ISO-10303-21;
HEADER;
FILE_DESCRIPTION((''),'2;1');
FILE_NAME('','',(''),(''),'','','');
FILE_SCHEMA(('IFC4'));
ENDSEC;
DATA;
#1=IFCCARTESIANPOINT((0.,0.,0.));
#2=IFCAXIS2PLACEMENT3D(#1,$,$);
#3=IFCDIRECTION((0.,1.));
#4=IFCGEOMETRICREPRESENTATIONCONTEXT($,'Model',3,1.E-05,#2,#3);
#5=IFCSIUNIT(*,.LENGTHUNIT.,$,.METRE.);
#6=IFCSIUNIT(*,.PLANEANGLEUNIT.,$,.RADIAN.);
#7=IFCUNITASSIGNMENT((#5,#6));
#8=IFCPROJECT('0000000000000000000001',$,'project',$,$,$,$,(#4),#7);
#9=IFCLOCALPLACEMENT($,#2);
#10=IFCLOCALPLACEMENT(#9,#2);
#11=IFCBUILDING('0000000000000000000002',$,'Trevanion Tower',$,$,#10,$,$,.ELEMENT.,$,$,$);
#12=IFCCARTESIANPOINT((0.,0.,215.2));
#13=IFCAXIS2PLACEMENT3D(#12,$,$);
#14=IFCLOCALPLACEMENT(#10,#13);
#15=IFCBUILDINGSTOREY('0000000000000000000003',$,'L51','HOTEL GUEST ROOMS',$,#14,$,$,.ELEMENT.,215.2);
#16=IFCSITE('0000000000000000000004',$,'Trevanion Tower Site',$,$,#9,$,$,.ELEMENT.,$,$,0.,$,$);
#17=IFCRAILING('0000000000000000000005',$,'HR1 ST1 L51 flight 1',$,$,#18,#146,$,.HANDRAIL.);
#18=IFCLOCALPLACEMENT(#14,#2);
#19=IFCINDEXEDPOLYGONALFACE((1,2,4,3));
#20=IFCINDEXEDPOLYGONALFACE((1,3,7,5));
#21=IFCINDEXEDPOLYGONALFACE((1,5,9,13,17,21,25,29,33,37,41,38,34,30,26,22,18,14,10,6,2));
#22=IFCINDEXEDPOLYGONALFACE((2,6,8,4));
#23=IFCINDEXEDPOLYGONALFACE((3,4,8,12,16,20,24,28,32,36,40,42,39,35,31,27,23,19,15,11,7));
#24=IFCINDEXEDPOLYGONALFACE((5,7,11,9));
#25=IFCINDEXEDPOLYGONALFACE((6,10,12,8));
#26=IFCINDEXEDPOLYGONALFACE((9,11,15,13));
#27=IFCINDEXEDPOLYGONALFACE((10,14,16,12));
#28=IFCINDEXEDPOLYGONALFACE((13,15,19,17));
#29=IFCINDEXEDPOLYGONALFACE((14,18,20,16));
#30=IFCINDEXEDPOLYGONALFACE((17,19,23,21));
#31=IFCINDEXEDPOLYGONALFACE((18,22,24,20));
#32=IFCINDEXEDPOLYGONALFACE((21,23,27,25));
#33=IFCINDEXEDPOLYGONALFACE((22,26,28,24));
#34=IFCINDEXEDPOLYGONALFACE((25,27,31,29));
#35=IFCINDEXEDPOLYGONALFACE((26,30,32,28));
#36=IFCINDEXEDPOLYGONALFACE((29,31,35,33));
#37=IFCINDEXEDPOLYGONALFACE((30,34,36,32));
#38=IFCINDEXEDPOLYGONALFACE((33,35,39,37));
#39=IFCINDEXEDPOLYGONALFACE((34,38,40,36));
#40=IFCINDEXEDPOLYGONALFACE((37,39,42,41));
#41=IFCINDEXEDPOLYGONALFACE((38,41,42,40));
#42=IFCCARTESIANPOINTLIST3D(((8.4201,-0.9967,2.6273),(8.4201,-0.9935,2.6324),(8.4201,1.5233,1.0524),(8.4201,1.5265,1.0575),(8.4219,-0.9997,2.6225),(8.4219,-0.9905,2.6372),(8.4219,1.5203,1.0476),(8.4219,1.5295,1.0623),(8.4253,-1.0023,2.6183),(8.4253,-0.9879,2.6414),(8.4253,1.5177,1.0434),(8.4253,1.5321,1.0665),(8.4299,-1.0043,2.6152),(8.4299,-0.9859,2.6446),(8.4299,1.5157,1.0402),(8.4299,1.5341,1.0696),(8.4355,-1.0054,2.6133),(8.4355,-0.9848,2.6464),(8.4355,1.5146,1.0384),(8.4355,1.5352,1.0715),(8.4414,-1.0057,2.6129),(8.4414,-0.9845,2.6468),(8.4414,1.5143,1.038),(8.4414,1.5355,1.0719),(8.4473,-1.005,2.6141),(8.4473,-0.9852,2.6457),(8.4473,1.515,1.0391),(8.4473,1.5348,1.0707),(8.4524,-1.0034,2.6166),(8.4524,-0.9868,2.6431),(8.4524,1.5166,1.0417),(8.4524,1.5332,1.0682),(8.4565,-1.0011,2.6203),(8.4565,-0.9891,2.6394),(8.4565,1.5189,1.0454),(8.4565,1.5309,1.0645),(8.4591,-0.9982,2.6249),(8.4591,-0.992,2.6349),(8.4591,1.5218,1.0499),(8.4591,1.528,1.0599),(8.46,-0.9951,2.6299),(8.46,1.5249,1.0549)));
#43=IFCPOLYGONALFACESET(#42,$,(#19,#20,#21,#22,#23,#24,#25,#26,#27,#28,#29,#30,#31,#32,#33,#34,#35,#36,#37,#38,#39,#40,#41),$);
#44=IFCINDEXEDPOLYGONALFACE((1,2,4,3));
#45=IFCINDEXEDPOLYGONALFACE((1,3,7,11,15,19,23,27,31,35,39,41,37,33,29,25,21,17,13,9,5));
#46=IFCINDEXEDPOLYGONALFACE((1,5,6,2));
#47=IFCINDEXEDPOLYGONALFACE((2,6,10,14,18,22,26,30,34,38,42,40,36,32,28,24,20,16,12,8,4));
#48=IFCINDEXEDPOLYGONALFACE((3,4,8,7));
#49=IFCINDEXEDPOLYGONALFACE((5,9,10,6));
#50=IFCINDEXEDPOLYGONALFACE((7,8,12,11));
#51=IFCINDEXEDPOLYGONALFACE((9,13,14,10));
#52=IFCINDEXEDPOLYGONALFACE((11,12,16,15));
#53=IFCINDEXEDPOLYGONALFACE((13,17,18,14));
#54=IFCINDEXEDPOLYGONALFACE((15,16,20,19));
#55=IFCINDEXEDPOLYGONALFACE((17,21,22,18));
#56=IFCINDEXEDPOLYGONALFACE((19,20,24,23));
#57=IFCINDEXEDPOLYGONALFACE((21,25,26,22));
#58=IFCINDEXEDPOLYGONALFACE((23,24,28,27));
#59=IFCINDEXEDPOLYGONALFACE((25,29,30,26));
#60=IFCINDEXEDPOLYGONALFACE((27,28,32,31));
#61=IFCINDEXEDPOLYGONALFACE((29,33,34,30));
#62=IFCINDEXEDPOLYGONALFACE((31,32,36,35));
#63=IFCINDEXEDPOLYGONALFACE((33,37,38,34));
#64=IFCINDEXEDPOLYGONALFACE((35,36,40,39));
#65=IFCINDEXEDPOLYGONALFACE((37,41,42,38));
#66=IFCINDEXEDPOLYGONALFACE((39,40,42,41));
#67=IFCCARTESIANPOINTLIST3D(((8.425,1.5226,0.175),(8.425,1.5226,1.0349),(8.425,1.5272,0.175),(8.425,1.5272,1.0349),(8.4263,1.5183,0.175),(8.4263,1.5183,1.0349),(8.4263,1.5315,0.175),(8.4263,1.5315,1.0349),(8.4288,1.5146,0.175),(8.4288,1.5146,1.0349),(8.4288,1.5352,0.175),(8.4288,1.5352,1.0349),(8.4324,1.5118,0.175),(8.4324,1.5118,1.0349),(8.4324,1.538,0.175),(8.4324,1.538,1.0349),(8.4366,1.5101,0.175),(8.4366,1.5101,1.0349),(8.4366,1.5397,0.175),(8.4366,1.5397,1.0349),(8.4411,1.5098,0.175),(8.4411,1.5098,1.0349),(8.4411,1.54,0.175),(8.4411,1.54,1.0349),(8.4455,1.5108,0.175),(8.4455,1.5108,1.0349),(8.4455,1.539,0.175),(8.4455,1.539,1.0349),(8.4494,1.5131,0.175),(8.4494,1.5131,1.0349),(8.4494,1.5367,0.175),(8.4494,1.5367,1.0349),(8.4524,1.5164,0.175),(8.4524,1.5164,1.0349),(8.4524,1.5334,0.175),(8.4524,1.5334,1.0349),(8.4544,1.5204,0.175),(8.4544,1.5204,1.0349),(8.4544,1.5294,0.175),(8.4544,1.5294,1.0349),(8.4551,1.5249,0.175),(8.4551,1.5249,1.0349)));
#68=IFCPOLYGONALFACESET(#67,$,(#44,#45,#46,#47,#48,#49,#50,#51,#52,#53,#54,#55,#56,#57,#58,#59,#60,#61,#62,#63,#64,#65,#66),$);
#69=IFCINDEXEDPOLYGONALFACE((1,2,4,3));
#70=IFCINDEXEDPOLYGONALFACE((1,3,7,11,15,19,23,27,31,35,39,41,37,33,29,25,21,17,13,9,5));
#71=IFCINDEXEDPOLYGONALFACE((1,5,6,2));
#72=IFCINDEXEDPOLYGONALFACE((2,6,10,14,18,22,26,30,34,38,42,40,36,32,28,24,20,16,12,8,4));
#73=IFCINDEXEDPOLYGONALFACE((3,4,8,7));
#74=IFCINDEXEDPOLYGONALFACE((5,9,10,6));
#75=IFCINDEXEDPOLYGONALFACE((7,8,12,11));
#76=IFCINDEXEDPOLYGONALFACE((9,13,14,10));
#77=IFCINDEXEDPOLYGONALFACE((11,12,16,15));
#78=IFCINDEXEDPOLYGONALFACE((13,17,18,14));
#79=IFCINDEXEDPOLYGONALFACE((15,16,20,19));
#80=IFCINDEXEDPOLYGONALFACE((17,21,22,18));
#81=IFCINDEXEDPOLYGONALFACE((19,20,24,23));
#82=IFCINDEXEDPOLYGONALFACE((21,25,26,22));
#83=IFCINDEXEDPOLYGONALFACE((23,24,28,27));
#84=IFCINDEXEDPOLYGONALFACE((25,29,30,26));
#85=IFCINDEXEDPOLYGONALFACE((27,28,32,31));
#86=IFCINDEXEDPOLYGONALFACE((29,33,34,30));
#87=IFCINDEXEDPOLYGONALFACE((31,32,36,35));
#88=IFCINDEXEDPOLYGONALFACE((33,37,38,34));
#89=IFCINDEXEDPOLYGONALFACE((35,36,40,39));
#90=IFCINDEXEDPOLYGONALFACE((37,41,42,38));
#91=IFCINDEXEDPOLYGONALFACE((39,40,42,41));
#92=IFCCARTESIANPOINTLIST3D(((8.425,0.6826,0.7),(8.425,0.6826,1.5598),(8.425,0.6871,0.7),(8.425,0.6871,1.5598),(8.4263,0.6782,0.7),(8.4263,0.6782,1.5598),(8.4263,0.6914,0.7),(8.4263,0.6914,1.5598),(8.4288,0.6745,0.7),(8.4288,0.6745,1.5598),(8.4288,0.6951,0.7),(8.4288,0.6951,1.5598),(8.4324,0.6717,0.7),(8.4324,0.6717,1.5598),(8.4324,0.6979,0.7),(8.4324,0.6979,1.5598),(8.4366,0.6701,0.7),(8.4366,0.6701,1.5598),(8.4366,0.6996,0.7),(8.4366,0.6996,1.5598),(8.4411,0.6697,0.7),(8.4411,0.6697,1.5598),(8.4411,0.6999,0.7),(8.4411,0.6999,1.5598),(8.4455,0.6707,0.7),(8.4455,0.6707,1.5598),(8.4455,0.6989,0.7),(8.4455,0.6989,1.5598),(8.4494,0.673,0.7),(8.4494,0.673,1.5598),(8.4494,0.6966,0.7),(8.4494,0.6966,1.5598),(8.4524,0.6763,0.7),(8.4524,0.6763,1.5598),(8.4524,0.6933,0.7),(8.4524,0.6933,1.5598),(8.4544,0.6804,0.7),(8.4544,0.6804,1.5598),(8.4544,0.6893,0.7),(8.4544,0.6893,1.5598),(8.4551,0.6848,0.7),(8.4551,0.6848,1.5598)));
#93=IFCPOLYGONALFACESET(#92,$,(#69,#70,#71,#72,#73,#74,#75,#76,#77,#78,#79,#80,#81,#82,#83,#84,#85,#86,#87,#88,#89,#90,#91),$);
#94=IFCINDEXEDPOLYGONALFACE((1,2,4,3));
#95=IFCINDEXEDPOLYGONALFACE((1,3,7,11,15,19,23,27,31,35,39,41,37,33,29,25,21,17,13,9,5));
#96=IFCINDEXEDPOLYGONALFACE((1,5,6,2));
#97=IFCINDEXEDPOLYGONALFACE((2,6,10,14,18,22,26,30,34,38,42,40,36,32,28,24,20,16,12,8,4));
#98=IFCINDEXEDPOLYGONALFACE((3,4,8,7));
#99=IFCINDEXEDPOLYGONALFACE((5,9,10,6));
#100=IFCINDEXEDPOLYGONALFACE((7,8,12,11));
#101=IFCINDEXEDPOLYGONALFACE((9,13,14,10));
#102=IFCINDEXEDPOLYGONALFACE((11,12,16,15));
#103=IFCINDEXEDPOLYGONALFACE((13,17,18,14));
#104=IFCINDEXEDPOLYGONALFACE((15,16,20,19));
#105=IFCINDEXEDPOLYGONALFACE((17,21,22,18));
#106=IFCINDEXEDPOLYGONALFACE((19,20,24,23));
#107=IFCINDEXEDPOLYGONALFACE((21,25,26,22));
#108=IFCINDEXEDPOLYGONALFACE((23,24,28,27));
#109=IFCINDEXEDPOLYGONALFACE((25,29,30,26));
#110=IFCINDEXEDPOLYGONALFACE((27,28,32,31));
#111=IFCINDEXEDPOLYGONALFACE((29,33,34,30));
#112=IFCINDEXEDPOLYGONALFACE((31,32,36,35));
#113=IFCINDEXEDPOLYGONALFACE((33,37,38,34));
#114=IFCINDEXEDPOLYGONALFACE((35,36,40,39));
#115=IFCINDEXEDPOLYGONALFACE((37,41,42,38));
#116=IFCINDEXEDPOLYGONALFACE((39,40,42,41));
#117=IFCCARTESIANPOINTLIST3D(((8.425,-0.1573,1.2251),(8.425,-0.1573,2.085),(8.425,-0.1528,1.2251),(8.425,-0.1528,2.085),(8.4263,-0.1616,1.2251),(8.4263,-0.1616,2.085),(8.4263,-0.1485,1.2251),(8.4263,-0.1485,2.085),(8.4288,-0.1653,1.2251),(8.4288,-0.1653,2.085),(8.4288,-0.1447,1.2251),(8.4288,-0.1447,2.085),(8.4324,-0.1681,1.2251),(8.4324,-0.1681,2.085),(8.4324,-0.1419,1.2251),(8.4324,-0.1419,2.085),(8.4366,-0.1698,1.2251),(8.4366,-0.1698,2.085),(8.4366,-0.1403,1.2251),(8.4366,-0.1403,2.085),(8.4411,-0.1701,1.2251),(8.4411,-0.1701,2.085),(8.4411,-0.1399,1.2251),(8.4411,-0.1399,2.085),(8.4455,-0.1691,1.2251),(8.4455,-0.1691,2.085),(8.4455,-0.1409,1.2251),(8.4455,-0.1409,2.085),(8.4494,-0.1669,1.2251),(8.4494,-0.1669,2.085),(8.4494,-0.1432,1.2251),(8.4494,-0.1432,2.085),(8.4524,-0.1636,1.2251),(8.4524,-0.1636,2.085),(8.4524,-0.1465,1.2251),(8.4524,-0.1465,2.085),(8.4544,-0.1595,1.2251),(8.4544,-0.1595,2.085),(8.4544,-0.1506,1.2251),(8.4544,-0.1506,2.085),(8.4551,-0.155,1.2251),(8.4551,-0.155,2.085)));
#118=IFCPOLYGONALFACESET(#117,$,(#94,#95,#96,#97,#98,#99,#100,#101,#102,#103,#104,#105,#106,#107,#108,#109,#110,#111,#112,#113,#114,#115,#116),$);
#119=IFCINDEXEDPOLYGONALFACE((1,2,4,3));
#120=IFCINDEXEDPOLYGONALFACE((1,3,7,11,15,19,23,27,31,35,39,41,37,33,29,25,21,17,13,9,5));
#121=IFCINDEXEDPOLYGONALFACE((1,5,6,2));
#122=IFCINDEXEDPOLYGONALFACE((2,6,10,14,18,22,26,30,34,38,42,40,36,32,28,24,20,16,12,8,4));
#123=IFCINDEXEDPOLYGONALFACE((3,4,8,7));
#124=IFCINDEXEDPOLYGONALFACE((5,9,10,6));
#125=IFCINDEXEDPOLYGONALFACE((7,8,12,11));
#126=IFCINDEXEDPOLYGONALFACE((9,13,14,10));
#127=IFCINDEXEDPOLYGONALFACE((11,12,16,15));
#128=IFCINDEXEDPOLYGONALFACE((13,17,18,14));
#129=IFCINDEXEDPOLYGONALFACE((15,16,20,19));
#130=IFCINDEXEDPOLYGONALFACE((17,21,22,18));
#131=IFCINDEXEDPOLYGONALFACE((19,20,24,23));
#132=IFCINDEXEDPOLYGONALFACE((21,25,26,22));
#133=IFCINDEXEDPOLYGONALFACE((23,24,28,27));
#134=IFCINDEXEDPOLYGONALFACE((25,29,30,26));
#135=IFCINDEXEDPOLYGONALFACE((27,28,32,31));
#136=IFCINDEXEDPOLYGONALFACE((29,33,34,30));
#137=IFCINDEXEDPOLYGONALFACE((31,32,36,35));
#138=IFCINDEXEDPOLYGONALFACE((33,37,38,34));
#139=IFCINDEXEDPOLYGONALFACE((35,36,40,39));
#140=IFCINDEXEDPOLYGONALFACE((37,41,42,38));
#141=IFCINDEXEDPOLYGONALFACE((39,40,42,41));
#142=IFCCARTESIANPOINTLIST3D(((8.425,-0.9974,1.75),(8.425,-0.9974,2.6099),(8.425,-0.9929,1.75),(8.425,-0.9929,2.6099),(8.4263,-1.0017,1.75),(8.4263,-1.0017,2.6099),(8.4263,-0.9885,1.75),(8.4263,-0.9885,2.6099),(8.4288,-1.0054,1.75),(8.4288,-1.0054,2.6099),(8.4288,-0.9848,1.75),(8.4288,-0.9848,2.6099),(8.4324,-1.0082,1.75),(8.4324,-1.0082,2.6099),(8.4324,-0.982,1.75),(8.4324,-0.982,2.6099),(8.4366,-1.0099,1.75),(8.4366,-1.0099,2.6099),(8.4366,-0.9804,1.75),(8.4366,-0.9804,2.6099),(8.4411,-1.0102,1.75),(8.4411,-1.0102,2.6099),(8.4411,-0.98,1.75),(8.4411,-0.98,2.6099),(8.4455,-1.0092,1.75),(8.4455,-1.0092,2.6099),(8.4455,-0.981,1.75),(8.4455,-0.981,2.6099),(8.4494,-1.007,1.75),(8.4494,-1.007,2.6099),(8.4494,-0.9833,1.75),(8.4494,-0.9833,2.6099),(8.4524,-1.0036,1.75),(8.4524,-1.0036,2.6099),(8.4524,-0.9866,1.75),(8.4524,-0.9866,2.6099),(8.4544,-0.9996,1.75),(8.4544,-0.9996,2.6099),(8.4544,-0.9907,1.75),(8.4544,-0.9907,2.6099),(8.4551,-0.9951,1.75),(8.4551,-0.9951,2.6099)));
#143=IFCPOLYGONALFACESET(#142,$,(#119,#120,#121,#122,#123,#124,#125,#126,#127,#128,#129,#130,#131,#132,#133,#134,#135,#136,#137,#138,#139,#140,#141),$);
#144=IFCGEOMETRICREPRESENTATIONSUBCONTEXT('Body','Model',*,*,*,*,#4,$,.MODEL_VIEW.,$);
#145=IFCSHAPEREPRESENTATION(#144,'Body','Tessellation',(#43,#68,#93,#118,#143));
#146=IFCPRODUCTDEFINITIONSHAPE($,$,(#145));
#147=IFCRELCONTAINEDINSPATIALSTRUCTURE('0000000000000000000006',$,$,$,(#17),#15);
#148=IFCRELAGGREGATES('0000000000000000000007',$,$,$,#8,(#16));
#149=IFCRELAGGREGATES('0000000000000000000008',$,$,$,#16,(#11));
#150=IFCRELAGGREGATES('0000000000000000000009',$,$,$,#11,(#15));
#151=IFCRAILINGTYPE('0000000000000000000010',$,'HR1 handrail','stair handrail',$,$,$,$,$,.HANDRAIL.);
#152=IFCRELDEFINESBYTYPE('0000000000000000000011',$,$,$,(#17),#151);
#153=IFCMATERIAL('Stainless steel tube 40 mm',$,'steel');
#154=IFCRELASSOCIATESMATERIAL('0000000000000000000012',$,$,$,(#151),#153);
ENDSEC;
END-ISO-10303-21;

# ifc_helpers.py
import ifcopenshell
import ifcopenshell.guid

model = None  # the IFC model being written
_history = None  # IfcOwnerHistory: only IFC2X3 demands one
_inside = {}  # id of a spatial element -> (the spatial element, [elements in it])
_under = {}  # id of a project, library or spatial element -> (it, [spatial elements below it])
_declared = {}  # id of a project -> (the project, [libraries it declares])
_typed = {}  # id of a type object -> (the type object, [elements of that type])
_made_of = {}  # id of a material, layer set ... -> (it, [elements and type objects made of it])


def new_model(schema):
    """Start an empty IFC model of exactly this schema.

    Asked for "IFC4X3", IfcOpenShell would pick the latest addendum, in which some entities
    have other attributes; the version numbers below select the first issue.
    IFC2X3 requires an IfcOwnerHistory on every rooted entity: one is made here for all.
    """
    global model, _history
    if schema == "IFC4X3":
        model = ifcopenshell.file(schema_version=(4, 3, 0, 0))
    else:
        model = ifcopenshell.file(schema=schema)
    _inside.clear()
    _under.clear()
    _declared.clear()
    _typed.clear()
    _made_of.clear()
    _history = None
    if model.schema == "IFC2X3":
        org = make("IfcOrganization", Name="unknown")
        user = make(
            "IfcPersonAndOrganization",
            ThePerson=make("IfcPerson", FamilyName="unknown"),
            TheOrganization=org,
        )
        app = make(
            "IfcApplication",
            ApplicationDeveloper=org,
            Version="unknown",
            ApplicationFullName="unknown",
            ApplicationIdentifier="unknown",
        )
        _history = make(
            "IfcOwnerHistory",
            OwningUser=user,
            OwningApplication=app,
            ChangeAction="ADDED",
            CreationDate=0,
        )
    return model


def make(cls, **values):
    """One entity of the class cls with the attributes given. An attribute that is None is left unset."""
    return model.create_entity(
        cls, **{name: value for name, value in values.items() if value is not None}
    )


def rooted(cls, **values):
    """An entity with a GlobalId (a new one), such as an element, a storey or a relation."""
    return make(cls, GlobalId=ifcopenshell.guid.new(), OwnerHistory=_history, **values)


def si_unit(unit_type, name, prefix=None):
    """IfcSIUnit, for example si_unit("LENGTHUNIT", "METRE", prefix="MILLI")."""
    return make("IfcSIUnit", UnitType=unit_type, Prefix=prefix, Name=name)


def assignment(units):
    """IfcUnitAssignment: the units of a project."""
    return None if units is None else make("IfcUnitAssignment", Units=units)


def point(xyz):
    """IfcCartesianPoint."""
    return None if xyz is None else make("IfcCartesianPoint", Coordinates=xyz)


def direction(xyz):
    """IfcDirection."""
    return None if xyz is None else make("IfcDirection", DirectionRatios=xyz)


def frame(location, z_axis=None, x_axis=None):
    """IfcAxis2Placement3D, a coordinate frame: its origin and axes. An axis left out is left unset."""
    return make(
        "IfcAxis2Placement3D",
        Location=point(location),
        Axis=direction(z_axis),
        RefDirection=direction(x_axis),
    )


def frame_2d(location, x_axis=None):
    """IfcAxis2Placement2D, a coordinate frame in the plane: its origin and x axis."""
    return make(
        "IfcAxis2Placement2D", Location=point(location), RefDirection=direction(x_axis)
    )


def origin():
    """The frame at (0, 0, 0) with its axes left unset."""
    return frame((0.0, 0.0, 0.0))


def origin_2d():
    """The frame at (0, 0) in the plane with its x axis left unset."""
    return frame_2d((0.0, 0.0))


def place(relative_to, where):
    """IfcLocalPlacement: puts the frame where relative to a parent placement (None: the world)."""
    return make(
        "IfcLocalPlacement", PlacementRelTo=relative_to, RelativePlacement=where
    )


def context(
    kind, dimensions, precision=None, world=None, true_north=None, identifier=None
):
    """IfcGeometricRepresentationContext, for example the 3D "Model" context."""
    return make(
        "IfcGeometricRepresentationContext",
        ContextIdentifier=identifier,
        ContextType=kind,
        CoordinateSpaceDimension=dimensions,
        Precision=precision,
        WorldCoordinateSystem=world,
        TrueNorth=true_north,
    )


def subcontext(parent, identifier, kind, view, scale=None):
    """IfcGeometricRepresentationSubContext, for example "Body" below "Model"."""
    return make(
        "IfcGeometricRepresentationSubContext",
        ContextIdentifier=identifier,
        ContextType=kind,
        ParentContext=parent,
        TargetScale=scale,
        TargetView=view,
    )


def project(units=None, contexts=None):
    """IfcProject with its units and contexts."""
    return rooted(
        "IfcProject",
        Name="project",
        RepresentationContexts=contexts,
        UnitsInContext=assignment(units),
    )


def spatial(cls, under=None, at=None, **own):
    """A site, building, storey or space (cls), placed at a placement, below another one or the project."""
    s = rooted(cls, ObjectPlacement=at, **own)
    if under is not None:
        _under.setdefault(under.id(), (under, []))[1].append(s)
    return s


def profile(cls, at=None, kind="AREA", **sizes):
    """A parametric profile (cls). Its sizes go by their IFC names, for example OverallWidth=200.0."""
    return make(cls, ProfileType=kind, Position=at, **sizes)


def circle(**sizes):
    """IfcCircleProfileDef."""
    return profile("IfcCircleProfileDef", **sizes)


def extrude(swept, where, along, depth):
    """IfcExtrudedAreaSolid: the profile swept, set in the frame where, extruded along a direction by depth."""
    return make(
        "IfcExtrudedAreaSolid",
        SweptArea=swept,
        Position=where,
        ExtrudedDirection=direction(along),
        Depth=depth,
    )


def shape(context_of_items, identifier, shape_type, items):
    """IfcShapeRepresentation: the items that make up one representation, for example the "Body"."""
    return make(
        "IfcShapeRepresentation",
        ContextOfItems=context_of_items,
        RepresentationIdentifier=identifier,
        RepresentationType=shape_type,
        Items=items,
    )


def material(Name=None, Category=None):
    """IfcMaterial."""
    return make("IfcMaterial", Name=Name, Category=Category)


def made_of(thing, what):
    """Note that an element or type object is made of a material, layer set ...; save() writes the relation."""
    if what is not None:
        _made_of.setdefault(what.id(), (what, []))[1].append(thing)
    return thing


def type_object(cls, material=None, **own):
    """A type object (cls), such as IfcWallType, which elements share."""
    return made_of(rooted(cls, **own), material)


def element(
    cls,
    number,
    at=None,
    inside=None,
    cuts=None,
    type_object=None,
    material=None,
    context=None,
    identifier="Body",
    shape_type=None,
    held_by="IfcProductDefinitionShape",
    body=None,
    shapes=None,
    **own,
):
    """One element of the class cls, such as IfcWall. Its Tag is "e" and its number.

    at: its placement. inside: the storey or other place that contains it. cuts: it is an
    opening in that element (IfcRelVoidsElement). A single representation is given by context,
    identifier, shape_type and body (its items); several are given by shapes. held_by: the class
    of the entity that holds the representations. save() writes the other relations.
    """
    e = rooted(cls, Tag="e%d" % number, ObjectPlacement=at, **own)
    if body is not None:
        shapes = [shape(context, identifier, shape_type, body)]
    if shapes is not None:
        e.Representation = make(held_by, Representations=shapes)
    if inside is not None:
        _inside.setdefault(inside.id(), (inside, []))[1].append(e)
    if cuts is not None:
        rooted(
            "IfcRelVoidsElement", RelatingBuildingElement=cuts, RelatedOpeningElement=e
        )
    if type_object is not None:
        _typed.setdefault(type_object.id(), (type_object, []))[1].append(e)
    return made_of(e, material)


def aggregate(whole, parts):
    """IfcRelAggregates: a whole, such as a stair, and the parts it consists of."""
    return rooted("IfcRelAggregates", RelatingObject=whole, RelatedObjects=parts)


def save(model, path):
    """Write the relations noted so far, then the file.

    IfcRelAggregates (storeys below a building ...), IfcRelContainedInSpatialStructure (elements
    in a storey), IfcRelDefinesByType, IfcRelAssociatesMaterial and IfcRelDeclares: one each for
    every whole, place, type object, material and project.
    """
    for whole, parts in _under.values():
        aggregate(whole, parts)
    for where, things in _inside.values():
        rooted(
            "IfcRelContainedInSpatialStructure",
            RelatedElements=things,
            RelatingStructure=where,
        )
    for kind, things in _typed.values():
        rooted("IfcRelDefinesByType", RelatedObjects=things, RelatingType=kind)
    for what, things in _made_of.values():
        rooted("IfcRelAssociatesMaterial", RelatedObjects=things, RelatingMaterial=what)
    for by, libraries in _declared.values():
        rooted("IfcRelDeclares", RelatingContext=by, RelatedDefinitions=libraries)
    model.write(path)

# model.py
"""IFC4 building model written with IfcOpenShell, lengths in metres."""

from ifc_helpers import new_model, si_unit, direction, frame, origin, origin_2d, place, context, subcontext, project, spatial, circle, extrude, material, type_object, element, save


model = new_model("IFC4")

# Units and contexts
model_context = context("Model", 3, precision=1e-05, world=origin(), true_north=direction((0.0, 1.0)))
body_context = subcontext(model_context, "Body", "Model", "MODEL_VIEW")
ifc_project = project(units=[si_unit("LENGTHUNIT", "METRE"), si_unit("PLANEANGLEUNIT", "RADIAN")], contexts=[model_context])

# Site, building, storey
site_placement = place(None, origin())
site = spatial("IfcSite", under=ifc_project, at=site_placement, Name="Trevanion Tower Site", CompositionType="ELEMENT", RefElevation=0.0)
building_placement = place(site_placement, origin())
building = spatial("IfcBuilding", under=site, at=building_placement, Name="Trevanion Tower", CompositionType="ELEMENT")
storey_placement = place(building_placement, frame((0.0, 0.0, 215.2)))
storey = spatial("IfcBuildingStorey", under=building, at=storey_placement, Name="L51", Description="HOTEL GUEST ROOMS", CompositionType="ELEMENT", Elevation=215.2)

# Railing
ifc_material_1 = material(Name="Stainless steel tube 40 mm", Category="steel")
railing_type = type_object("IfcRailingType", Name="HR1 handrail", Description="stair handrail", PredefinedType="HANDRAIL", material=ifc_material_1)
for number, where, name in (
    (1, (8.4399, 1.5249, 0.175), "HR1 ST1 L51 flight 1"),
):
    element("IfcRailing", number, at=place(storey_placement, frame(where)), inside=storey, type_object=railing_type, Name=name, PredefinedType="HANDRAIL", context=body_context, shape_type="SweptSolid", body=[
        extrude(circle(Radius=0.02, at=origin_2d()), frame((0.0, 0.0, 0.8799), z_axis=(0.0, -0.848008, 0.529984), x_axis=(1.0, 0.0, 0.0)), (0.0, 0.0, 1.0), 2.9717),
        extrude(circle(Radius=0.0151, at=origin_2d()), origin(), (0.0, 0.0, 1.0), 0.8599),
        extrude(circle(Radius=0.0151, at=origin_2d()), frame((0.0, -0.8401, 0.5249)), (0.0, 0.0, 1.0), 0.8599),
        extrude(circle(Radius=0.0151, at=origin_2d()), frame((0.0, -1.6799, 1.05)), (0.0, 0.0, 1.0), 0.8599),
        extrude(circle(Radius=0.0151, at=origin_2d()), frame((0.0, -2.52, 1.575)), (0.0, 0.0, 1.0), 0.8599),
    ])

save(model, "model.ifc")
